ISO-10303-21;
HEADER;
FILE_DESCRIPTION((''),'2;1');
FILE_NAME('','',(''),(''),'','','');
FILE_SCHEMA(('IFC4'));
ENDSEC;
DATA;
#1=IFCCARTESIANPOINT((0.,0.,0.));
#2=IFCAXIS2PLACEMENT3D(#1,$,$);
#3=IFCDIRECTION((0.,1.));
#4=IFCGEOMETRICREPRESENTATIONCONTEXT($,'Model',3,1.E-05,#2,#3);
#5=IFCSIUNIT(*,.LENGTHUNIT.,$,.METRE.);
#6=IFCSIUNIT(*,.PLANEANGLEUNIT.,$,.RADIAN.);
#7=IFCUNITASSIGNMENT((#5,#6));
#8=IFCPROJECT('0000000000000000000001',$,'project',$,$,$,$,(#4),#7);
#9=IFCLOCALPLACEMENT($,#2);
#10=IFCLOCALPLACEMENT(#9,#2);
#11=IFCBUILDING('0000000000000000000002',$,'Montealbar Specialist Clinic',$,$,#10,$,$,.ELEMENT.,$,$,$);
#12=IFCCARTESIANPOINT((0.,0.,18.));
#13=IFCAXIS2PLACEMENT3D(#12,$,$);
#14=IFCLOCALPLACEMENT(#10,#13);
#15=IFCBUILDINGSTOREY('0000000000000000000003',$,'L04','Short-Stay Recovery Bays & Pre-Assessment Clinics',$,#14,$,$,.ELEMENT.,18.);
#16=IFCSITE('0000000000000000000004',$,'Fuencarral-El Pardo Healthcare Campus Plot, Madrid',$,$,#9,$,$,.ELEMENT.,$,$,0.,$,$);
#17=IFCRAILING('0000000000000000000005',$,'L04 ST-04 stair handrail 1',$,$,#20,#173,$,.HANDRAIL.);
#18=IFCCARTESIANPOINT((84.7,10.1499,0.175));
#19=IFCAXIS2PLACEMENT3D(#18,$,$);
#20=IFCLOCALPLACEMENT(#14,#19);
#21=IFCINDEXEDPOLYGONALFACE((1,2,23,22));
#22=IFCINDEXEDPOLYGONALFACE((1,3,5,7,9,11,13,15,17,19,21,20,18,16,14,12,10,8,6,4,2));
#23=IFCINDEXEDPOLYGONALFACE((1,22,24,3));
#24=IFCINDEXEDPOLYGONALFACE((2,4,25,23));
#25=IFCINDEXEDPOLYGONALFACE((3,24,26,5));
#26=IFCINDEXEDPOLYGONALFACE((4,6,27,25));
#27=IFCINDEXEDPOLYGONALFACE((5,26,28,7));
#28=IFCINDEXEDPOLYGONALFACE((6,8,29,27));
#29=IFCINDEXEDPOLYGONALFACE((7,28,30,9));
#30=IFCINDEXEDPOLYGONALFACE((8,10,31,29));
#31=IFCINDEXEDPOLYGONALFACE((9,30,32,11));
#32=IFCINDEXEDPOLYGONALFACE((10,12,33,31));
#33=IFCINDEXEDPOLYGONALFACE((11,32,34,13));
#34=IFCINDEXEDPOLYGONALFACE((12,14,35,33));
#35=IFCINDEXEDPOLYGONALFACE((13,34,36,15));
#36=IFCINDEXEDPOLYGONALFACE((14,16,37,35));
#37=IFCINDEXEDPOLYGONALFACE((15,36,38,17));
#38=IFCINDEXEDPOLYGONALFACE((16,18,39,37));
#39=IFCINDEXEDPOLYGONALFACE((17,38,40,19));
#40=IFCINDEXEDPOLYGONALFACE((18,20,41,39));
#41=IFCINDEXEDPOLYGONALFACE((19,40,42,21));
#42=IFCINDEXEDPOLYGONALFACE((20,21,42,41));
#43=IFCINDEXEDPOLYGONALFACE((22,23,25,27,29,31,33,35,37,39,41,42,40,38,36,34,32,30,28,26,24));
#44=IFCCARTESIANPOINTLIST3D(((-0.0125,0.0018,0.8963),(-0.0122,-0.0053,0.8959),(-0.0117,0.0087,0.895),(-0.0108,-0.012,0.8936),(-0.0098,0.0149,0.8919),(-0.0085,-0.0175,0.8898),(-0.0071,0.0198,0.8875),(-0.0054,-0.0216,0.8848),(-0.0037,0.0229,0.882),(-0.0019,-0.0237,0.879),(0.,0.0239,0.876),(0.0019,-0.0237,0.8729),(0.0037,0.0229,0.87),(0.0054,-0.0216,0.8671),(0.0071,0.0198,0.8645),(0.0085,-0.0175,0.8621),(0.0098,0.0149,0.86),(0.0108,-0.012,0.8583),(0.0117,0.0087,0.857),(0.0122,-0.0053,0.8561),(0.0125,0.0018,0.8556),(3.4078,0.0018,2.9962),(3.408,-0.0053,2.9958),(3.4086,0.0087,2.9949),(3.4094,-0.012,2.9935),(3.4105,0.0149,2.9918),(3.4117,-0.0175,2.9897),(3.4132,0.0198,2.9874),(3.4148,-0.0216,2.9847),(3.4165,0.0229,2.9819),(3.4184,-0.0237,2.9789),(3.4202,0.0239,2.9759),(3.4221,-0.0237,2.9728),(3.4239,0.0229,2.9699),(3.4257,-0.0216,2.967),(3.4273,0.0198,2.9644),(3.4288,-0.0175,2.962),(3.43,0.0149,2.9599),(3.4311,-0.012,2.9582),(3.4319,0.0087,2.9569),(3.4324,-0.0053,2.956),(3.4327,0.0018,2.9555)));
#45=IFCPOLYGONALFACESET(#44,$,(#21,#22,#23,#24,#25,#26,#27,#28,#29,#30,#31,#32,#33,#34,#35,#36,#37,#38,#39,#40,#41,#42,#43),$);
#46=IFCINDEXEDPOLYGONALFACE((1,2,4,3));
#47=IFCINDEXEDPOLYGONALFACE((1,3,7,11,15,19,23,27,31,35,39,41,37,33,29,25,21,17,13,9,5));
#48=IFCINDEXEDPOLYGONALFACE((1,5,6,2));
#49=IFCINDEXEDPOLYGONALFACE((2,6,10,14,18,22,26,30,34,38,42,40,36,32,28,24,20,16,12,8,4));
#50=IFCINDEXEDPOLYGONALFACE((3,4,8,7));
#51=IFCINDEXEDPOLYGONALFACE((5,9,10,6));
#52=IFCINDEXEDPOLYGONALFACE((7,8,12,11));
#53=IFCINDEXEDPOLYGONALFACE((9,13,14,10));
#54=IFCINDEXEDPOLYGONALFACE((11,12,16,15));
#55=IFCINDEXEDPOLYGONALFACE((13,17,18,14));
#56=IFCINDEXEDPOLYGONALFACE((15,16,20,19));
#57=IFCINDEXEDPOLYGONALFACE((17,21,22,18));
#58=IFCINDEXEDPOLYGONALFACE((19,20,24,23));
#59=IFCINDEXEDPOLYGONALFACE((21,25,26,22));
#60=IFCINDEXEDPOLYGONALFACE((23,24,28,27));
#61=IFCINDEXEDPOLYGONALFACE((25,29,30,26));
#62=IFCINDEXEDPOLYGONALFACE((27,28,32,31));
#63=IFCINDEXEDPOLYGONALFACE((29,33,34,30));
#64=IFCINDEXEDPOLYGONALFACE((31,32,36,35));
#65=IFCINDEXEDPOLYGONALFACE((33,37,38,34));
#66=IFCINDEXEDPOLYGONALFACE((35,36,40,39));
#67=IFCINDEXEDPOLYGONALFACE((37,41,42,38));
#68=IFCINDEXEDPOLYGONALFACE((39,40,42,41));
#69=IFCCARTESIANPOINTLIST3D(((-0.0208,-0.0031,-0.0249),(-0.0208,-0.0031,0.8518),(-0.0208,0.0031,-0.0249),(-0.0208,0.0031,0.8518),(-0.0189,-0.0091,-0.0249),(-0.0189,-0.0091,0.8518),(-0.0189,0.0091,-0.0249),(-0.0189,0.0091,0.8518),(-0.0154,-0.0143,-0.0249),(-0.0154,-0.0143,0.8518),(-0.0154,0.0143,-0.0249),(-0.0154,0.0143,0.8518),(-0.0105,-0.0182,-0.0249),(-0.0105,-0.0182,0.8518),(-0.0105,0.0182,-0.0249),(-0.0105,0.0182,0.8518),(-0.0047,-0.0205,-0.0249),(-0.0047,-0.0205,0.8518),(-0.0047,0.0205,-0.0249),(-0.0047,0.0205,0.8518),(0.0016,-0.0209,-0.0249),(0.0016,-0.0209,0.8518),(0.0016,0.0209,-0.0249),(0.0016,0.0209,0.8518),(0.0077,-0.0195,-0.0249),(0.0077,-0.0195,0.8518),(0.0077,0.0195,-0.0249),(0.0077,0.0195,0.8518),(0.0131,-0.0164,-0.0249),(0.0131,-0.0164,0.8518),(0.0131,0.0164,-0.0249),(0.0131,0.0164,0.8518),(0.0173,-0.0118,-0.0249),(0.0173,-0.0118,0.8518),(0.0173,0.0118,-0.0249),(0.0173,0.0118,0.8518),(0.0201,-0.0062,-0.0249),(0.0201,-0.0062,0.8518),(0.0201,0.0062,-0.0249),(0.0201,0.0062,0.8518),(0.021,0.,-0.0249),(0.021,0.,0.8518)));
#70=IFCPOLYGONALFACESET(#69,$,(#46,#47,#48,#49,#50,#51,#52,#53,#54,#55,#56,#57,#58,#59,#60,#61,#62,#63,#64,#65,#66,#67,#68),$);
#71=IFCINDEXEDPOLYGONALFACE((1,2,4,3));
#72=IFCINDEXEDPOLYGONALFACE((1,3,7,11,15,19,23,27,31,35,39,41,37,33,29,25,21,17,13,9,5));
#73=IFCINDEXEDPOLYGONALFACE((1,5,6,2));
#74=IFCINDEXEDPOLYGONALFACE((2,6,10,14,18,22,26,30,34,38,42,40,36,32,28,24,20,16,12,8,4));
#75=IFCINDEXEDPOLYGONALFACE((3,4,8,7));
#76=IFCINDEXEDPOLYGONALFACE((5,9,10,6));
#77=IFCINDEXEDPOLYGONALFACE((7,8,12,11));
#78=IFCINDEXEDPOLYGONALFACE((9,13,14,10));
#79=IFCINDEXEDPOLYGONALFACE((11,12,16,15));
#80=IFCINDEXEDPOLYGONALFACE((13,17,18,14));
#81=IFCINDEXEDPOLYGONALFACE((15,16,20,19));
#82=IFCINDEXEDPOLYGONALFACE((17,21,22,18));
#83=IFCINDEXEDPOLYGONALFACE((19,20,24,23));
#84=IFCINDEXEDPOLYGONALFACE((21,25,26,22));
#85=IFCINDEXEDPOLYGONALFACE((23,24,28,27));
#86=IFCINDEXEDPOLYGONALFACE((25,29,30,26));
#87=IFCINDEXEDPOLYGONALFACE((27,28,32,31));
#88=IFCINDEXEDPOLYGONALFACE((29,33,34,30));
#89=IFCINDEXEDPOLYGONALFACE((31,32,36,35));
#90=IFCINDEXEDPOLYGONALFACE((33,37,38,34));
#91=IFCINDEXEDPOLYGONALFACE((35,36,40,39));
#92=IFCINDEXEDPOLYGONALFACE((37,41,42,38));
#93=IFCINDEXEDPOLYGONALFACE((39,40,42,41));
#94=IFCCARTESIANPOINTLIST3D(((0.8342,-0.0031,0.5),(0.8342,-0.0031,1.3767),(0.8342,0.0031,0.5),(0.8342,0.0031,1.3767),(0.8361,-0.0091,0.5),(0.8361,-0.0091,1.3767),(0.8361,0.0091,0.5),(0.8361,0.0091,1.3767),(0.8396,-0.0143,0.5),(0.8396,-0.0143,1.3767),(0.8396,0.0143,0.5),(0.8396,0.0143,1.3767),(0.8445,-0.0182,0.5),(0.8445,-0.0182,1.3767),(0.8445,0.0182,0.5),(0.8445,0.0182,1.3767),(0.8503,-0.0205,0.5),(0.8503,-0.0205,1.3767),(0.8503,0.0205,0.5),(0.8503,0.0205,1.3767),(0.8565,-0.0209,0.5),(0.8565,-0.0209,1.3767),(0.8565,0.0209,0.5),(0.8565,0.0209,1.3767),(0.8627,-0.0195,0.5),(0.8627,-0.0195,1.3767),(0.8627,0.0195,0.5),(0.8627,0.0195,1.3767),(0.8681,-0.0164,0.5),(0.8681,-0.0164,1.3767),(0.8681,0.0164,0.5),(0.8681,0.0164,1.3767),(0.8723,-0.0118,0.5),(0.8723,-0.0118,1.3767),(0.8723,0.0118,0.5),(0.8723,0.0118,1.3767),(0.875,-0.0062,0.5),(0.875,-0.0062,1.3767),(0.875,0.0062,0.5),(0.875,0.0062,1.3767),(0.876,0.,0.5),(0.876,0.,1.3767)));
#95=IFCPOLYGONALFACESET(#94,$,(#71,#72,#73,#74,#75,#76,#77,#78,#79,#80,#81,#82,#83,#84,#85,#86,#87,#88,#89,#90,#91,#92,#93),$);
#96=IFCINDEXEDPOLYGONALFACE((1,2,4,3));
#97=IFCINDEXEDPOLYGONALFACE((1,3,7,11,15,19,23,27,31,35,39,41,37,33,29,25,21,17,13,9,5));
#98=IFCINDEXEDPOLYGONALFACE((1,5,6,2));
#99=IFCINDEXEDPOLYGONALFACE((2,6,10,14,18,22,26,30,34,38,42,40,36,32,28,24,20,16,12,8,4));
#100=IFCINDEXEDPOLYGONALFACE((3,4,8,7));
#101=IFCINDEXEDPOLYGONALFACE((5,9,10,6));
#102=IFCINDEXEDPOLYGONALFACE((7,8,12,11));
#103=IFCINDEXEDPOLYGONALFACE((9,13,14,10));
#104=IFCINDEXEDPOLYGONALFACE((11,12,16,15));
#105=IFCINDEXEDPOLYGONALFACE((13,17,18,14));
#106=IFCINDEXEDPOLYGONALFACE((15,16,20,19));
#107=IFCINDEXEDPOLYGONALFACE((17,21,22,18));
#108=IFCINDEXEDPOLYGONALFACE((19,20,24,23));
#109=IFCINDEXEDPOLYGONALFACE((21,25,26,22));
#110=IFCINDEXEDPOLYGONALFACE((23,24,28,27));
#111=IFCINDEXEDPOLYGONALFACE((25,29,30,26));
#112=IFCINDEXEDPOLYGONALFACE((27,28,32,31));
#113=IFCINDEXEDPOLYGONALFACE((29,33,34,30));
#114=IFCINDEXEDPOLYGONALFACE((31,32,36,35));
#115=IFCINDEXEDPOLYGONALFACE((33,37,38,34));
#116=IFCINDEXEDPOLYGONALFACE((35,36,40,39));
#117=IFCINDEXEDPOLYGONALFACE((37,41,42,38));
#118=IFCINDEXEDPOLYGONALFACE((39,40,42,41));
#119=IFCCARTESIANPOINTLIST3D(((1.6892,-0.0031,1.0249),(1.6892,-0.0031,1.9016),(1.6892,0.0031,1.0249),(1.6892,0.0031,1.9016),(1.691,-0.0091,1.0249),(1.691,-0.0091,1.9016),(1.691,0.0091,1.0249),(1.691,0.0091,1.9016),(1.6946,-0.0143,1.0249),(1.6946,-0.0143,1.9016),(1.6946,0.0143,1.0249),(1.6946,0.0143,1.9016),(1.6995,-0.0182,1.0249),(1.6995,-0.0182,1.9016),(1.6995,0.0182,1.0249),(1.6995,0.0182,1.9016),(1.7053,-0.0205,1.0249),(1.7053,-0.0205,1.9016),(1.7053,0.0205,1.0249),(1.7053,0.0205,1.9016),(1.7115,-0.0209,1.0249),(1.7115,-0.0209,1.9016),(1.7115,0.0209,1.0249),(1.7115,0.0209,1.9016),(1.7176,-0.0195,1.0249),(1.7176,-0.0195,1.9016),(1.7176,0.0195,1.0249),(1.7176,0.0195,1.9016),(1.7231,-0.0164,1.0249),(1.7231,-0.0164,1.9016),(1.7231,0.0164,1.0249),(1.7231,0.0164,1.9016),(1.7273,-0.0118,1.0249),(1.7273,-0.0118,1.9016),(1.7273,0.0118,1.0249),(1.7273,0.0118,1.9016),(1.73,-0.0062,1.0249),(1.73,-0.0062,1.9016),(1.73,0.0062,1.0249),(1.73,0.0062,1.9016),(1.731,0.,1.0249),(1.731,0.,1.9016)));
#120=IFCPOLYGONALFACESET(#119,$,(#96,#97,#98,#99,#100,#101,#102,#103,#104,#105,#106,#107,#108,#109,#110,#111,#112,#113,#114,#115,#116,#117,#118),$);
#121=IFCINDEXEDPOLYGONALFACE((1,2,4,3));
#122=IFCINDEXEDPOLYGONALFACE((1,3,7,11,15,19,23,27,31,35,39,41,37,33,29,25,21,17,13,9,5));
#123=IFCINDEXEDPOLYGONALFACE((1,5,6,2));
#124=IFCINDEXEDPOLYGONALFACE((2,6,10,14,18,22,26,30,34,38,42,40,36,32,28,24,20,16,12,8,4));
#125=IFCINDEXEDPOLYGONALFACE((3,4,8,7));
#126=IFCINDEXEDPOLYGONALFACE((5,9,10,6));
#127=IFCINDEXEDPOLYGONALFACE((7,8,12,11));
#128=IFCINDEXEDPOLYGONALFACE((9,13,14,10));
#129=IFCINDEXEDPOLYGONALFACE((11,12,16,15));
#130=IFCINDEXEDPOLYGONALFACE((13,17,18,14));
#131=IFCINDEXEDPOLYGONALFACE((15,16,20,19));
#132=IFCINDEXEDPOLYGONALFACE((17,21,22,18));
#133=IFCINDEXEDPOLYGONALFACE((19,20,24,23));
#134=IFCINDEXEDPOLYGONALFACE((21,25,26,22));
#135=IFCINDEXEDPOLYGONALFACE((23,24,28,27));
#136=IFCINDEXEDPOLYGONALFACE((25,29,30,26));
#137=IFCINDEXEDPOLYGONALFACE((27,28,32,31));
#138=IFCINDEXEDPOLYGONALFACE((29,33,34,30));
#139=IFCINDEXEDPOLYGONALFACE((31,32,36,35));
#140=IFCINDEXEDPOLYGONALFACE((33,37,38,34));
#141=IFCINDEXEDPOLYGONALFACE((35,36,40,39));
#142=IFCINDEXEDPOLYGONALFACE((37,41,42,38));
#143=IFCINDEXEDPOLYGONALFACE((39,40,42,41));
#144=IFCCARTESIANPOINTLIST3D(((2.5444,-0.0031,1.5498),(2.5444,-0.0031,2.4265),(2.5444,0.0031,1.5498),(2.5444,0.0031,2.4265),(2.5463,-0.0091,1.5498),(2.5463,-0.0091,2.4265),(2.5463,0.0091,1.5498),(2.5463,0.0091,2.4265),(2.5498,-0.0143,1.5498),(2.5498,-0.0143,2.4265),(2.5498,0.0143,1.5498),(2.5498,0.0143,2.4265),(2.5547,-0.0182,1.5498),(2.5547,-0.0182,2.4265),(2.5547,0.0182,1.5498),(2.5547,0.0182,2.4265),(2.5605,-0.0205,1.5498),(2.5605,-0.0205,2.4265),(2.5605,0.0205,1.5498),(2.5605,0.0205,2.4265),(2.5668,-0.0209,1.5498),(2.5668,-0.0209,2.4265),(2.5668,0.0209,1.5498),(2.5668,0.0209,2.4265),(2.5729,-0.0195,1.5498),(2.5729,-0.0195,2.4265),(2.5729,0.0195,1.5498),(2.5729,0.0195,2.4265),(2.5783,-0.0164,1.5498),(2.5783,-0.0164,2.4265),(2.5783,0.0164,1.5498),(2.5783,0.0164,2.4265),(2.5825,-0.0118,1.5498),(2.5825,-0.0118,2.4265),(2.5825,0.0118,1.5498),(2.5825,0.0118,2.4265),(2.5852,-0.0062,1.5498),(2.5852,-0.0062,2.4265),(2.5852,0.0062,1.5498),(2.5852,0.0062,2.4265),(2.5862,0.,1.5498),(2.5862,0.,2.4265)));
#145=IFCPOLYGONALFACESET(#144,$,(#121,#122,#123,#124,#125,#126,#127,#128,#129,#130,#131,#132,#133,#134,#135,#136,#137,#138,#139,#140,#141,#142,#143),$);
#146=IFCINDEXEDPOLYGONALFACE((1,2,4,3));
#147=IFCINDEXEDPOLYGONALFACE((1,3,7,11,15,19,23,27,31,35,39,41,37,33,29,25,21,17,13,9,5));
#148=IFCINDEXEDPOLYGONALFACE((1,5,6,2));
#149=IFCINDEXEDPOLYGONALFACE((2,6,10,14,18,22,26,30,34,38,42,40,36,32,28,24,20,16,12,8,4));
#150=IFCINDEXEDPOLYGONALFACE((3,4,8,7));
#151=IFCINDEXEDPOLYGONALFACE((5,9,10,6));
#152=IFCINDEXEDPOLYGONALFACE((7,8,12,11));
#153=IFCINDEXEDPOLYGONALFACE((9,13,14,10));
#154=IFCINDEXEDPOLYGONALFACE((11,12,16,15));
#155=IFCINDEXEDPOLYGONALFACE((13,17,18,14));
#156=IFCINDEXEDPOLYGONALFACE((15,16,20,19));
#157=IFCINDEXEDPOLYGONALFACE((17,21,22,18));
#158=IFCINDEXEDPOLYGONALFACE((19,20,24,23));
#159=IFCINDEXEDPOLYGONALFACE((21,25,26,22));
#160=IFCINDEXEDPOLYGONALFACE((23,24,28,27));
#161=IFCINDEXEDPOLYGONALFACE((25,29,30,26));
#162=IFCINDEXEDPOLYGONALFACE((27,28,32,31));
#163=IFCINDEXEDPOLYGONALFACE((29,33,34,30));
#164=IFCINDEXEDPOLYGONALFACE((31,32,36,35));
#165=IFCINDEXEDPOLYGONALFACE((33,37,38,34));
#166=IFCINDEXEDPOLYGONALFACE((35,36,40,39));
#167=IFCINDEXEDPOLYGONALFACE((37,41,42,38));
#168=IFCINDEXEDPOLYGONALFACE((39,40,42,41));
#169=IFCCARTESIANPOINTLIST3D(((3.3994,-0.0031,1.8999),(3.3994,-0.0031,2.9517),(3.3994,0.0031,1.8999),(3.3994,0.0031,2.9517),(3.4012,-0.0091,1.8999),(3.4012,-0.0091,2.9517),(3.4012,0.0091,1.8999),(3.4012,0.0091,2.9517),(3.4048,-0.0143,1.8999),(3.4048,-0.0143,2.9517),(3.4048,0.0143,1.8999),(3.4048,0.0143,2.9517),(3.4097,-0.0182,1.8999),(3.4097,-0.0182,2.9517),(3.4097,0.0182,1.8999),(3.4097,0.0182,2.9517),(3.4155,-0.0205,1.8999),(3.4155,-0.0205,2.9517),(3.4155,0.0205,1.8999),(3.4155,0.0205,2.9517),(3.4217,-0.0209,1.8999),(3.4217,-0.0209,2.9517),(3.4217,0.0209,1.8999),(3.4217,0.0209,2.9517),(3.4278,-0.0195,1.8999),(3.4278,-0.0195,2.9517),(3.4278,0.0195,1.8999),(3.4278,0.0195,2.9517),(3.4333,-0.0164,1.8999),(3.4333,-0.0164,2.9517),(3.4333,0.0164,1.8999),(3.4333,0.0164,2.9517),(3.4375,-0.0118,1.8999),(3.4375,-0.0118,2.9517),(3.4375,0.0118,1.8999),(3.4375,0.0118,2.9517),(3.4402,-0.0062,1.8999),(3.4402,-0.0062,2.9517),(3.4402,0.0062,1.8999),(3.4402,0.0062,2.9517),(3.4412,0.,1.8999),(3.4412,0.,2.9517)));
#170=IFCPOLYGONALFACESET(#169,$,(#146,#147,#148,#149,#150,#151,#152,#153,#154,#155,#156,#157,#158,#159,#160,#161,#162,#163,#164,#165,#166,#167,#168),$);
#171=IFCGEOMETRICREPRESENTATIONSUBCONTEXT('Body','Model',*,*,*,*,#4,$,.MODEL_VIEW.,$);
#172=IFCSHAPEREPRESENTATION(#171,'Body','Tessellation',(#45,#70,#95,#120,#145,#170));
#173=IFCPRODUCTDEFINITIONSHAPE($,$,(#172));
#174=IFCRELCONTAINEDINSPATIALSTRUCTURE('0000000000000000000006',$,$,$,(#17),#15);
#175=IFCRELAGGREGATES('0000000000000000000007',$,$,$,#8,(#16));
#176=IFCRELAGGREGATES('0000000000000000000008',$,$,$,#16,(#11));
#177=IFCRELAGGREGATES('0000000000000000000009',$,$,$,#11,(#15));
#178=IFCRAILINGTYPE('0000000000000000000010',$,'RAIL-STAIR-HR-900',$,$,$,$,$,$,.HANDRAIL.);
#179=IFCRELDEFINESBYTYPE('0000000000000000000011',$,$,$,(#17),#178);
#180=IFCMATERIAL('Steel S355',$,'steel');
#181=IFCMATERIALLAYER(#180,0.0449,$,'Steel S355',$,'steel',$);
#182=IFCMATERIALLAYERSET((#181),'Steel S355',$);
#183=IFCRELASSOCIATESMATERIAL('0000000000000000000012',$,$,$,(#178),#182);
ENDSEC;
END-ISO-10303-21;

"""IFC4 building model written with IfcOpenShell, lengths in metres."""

from ifc_helpers import new_model, si_unit, direction, frame, origin, origin_2d, place, context, subcontext, project, spatial, circle, extrude, material, layer, layer_set, type_object, element, save


model = new_model("IFC4")

# Units and contexts
model_context = context("Model", 3, precision=1e-05, world=origin(), true_north=direction((0.0, 1.0)))
body_context = subcontext(model_context, "Body", "Model", "MODEL_VIEW")
ifc_project = project(units=[si_unit("LENGTHUNIT", "METRE"), si_unit("PLANEANGLEUNIT", "RADIAN")], contexts=[model_context])

# Site, building, storey
site_placement = place(None, origin())
site = spatial("IfcSite", under=ifc_project, at=site_placement, Name="Fuencarral-El Pardo Healthcare Campus Plot, Madrid", CompositionType="ELEMENT", RefElevation=0.0)
building_placement = place(site_placement, origin())
building = spatial("IfcBuilding", under=site, at=building_placement, Name="Montealbar Specialist Clinic", CompositionType="ELEMENT")
storey_placement = place(building_placement, frame((0.0, 0.0, 18.0)))
storey = spatial("IfcBuildingStorey", under=building, at=storey_placement, Name="L04", Description="Short-Stay Recovery Bays & Pre-Assessment Clinics", CompositionType="ELEMENT", Elevation=18.0)

# Shared definitions
ifc_material_1 = material(Name="Steel S355", Category="steel")

# Railing
ifc_layer_1 = layer(ifc_material_1, 0.0449, Name="Steel S355", Category="steel")
ifc_layer_set_1 = layer_set([ifc_layer_1], Name="Steel S355")
railing_type_1 = type_object("IfcRailingType", Name="RAIL-STAIR-HR-900", PredefinedType="HANDRAIL", material=ifc_layer_set_1)
railing_1_placement = place(storey_placement, frame((84.7, 10.1499, 0.175)))
element("IfcRailing", 1, at=railing_1_placement, inside=storey, type_object=railing_type_1, Name="L04 ST-04 stair handrail 1", PredefinedType="HANDRAIL", context=body_context, shape_type="SweptSolid", body=[
    extrude(circle(Radius=0.0239, at=origin_2d()), frame((0.0, 0.0, 0.876), z_axis=(0.852199, 0.0, 0.523218), x_axis=(0.0, 1.0, 0.0)), (0.0, 0.0, 1.0), 4.0134),
    extrude(circle(Radius=0.021, at=origin_2d()), frame((0.0, 0.0, -0.0249)), (0.0, 0.0, 1.0), 0.8767),
    extrude(circle(Radius=0.021, at=origin_2d()), frame((0.855, 0.0, 0.5)), (0.0, 0.0, 1.0), 0.8767),
    extrude(circle(Radius=0.021, at=origin_2d()), frame((1.71, 0.0, 1.0249)), (0.0, 0.0, 1.0), 0.8767),
    extrude(circle(Radius=0.021, at=origin_2d()), frame((2.5652, 0.0, 1.5498)), (0.0, 0.0, 1.0), 0.8767),
    extrude(circle(Radius=0.021, at=origin_2d()), frame((3.4202, 0.0, 1.8999)), (0.0, 0.0, 1.0), 1.0518),
])

save(model, "model.ifc")
